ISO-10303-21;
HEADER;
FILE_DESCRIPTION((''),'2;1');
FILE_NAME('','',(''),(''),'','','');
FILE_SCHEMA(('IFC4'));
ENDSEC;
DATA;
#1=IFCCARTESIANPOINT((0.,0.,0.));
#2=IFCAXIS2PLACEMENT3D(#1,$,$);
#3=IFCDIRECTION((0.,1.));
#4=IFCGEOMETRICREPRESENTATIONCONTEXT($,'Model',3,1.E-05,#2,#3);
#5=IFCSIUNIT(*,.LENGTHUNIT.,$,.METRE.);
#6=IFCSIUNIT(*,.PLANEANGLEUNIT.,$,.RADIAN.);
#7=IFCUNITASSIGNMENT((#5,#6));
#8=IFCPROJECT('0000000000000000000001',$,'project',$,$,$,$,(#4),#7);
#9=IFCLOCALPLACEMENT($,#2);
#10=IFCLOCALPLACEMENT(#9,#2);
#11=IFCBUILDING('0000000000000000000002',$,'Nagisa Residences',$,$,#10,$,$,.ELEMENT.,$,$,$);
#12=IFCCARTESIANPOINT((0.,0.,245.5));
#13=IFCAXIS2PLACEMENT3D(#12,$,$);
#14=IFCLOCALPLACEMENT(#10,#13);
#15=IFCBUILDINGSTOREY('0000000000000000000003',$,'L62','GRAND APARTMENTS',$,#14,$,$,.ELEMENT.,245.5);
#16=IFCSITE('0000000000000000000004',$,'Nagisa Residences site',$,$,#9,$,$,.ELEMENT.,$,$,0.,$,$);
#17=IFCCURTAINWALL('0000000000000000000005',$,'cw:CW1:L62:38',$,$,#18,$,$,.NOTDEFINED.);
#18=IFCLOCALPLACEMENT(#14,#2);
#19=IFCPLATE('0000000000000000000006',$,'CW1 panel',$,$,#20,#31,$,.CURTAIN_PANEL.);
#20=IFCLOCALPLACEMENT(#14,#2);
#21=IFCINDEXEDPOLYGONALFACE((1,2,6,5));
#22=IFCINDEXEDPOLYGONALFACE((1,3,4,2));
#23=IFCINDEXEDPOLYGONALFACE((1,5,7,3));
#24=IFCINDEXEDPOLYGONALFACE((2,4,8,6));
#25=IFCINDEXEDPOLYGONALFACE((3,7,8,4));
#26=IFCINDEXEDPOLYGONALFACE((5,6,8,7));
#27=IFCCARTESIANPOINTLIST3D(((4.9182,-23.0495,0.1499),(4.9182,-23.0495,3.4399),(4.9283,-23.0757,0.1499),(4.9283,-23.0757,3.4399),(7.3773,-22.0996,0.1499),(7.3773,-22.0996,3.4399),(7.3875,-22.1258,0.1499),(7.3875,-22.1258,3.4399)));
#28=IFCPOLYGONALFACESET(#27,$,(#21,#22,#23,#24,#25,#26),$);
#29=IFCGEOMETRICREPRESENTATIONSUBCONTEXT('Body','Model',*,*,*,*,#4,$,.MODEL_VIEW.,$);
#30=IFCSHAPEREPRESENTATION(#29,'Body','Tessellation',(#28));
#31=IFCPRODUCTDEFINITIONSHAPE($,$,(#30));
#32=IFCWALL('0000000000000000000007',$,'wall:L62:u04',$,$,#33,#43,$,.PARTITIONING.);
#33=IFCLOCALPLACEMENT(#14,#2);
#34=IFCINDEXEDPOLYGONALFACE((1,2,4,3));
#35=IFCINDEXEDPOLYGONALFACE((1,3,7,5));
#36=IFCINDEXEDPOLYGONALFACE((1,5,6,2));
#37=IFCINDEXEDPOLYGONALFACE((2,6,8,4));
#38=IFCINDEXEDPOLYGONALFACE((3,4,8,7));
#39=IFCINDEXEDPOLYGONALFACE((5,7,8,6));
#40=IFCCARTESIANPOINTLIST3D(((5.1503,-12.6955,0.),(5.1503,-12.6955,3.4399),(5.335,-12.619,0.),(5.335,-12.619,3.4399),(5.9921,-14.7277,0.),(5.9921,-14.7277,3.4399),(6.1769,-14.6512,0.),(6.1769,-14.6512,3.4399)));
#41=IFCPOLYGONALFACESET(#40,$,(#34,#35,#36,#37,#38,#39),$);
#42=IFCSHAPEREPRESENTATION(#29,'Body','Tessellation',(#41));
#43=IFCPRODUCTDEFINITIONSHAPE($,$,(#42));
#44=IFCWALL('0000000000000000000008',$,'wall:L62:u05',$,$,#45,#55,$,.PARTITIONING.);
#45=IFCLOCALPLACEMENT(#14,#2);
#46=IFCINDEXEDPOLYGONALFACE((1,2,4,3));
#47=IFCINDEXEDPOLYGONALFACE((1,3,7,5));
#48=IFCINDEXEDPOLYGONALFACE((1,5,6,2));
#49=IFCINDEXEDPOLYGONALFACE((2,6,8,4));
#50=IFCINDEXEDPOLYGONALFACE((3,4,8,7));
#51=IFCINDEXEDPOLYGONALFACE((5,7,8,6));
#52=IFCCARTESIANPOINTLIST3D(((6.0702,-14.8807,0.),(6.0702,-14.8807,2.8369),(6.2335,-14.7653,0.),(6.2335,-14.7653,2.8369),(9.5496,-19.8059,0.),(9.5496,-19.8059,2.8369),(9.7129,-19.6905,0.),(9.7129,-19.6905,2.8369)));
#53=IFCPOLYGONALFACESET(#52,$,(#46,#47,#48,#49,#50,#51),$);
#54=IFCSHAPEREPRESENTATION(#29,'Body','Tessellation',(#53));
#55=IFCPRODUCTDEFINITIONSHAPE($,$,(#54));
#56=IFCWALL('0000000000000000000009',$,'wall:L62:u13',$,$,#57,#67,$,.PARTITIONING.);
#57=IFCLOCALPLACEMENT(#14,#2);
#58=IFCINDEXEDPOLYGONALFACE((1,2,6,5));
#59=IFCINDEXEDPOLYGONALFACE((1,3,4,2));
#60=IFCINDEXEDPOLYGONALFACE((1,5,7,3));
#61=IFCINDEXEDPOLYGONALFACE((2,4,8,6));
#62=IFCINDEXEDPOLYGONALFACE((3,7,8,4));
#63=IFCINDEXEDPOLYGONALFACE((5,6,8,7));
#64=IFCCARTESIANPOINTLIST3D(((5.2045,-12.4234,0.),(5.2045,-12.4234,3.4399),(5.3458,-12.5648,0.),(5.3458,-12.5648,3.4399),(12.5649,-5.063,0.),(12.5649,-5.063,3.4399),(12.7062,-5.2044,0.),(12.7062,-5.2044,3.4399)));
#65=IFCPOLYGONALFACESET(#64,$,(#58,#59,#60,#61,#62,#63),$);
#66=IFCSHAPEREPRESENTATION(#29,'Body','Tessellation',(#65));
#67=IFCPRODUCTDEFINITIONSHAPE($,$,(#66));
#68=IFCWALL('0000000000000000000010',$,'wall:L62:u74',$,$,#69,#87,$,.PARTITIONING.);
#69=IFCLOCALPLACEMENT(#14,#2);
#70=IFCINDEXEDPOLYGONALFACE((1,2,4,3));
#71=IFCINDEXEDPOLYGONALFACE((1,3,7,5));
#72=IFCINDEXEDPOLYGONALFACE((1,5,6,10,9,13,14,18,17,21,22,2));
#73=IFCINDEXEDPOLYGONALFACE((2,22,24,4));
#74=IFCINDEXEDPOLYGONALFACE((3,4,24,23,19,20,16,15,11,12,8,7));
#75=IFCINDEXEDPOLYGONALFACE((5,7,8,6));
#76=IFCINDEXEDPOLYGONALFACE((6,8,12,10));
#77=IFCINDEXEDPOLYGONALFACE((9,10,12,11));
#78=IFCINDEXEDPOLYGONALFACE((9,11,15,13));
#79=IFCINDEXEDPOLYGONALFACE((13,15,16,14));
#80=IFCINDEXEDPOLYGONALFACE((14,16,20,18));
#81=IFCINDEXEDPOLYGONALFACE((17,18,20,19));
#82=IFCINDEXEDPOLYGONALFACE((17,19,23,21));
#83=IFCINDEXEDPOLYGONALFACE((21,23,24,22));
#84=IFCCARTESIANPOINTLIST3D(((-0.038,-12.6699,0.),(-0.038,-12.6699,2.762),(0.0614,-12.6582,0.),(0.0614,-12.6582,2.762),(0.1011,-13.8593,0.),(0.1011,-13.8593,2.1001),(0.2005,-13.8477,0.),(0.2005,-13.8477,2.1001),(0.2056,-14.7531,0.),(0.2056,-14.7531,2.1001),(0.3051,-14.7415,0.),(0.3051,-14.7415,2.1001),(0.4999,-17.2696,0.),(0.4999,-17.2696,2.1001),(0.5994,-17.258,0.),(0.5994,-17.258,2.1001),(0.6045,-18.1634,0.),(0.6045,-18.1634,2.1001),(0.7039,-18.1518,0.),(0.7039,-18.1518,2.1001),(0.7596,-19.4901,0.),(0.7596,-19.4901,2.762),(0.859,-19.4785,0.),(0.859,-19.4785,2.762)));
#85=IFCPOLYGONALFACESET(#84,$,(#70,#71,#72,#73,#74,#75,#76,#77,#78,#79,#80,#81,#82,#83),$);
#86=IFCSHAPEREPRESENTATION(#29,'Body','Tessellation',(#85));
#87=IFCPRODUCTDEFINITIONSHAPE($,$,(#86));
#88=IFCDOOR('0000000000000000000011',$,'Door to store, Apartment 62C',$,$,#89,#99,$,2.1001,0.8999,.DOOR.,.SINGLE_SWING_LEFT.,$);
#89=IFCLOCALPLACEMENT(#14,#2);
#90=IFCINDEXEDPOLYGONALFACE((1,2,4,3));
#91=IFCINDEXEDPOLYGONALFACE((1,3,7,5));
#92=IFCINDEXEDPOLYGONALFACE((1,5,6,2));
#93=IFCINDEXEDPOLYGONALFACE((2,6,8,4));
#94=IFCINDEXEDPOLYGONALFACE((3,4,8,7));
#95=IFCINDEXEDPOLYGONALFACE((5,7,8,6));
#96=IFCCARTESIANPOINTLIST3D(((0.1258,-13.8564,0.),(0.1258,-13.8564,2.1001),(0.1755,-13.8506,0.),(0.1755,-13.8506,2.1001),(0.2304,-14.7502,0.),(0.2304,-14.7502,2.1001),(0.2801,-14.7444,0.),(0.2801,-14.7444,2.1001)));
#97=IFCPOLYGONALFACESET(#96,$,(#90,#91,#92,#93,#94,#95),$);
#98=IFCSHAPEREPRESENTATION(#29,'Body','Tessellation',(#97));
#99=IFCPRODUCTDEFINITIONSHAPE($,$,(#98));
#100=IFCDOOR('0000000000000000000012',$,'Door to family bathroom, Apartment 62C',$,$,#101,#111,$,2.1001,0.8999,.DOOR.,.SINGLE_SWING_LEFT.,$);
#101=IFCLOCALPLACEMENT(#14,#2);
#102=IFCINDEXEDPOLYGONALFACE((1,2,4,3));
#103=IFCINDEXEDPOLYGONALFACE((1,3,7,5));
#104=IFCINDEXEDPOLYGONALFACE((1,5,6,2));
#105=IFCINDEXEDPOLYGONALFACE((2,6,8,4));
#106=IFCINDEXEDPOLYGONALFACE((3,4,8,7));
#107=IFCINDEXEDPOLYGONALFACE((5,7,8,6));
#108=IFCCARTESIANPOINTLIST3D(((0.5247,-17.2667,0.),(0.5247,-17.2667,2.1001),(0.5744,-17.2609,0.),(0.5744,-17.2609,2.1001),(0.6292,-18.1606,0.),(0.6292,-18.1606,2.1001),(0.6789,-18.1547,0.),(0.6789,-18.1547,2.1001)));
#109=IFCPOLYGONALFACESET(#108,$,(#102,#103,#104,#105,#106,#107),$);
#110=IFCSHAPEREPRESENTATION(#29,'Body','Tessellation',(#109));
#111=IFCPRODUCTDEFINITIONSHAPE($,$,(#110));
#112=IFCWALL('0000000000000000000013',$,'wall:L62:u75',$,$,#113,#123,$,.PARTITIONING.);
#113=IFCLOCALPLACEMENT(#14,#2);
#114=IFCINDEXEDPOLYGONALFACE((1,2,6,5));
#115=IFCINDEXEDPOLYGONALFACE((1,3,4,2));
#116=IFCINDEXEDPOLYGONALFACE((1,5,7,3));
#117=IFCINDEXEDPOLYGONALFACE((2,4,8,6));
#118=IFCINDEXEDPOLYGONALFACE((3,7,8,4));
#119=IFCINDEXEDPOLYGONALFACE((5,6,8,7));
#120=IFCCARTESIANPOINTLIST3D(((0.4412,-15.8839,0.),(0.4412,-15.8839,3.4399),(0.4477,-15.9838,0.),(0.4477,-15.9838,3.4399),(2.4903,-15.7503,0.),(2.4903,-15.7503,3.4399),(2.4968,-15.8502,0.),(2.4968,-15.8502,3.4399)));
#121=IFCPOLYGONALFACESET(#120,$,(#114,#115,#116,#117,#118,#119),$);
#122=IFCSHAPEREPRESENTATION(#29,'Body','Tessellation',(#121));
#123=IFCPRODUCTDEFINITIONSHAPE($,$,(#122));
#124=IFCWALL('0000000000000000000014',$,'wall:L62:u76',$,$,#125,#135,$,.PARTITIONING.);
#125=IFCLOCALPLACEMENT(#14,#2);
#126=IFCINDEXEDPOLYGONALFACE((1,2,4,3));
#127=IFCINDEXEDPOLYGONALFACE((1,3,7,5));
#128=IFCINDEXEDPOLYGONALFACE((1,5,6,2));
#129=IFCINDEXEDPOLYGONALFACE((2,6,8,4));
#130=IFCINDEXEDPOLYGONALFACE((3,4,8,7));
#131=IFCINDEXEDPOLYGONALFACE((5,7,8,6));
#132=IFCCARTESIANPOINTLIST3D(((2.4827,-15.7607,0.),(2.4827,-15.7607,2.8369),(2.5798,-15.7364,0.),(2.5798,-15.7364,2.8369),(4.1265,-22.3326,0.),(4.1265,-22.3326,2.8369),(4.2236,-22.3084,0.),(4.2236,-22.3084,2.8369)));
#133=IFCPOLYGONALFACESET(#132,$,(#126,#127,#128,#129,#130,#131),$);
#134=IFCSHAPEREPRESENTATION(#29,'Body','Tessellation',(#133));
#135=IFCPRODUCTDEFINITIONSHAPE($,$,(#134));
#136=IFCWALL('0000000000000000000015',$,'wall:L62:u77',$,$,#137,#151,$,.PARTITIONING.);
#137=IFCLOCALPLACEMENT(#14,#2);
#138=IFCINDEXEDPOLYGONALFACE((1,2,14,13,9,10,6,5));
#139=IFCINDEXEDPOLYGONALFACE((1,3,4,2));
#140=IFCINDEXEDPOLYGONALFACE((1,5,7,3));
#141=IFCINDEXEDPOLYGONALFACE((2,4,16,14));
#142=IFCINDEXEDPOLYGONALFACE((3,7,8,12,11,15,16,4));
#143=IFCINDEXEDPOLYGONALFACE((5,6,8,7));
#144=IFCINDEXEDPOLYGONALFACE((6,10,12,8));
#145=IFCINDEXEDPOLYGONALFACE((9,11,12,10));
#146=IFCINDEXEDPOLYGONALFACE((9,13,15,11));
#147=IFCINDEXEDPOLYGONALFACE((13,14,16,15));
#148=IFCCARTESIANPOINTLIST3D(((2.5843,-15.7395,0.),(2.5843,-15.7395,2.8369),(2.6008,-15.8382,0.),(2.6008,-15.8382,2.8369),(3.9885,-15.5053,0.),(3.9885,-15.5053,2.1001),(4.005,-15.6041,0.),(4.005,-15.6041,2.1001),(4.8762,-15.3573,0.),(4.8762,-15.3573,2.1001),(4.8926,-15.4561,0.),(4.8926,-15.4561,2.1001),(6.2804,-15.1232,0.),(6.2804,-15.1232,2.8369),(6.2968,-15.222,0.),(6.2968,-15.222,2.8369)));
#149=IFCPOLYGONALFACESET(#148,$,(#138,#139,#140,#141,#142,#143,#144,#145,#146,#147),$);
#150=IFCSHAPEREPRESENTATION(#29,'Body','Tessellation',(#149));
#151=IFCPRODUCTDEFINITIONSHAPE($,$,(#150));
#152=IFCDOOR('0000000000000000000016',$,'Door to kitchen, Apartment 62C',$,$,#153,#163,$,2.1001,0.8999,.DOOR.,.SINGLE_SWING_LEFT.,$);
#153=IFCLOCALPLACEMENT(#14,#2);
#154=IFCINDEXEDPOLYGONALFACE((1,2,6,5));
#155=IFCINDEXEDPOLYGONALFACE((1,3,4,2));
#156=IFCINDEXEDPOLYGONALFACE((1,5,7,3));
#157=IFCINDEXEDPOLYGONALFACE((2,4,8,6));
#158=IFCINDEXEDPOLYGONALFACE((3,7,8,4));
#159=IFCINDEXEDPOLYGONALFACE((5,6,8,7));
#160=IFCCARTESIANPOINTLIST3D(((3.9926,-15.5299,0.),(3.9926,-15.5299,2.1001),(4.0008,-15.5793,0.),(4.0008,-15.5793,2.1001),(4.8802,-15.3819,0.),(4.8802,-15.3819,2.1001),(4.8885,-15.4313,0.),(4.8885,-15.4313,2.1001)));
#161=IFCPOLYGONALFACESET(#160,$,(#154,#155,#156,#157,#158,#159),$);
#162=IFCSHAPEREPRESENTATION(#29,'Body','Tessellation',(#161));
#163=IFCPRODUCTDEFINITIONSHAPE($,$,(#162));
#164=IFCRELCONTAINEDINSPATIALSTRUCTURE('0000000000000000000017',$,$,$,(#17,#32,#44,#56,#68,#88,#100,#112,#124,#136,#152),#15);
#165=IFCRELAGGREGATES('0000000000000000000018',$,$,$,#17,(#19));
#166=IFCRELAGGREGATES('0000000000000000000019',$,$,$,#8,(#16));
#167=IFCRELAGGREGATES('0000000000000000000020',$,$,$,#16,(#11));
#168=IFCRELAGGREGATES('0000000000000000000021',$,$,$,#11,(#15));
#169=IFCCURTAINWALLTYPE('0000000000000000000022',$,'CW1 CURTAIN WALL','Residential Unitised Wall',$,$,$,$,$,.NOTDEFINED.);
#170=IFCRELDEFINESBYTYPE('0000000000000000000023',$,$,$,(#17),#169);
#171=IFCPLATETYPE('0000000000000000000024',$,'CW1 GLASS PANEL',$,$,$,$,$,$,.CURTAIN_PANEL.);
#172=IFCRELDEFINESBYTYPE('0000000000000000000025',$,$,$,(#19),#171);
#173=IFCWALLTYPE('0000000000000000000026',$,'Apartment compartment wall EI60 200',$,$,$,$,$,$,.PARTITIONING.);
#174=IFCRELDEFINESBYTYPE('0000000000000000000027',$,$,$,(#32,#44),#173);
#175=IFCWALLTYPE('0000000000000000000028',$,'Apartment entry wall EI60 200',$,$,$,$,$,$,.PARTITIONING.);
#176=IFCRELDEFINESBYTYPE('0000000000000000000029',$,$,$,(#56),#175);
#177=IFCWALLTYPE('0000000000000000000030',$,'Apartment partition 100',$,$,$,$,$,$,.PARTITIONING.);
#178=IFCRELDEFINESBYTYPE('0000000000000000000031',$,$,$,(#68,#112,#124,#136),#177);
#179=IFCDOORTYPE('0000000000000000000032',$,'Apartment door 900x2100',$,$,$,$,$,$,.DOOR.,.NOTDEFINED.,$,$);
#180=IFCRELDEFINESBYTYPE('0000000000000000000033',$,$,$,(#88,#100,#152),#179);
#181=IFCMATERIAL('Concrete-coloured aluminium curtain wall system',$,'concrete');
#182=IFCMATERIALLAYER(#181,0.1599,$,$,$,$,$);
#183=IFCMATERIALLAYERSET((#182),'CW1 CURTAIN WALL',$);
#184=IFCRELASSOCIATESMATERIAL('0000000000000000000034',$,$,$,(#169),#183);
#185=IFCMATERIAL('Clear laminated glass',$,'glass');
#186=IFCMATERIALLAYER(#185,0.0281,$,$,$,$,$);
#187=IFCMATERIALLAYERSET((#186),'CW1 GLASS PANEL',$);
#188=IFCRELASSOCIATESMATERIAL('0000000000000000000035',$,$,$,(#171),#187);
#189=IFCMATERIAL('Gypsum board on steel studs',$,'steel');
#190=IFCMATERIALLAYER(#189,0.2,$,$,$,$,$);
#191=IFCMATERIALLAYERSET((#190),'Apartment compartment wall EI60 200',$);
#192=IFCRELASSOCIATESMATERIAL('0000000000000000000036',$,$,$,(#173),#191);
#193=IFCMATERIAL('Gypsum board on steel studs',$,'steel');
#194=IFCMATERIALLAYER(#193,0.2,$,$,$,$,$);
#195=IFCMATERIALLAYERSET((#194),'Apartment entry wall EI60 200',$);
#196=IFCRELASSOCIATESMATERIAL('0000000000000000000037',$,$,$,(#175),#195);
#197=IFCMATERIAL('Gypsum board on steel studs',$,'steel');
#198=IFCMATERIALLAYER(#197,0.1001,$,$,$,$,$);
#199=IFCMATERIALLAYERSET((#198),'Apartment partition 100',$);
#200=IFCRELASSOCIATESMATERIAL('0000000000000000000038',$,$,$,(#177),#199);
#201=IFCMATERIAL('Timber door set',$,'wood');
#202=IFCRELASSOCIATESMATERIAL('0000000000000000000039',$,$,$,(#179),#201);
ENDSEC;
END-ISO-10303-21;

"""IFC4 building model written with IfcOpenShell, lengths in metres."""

from ifc_helpers import new_model, si_unit, direction, frame, frame_2d, origin, origin_2d, place, context, subcontext, project, spatial, rectangle, extrude, material, layer, layer_set, type_object, element, fill, aggregate, save


model = new_model("IFC4")

# Units and contexts
model_context = context("Model", 3, precision=1e-05, world=origin(), true_north=direction((0.0, 1.0)))
body_context = subcontext(model_context, "Body", "Model", "MODEL_VIEW")
ifc_project = project(units=[si_unit("LENGTHUNIT", "METRE"), si_unit("PLANEANGLEUNIT", "RADIAN")], contexts=[model_context])

# Site, building, storey
site_placement = place(None, origin())
site = spatial("IfcSite", under=ifc_project, at=site_placement, Name="Nagisa Residences site", CompositionType="ELEMENT", RefElevation=0.0)
building_placement = place(site_placement, origin())
building = spatial("IfcBuilding", under=site, at=building_placement, Name="Nagisa Residences", CompositionType="ELEMENT")
storey_placement = place(building_placement, frame((0.0, 0.0, 245.5)))
storey = spatial("IfcBuildingStorey", under=building, at=storey_placement, Name="L62", Description="GRAND APARTMENTS", CompositionType="ELEMENT", Elevation=245.5)

# Curtain wall
ifc_material_1 = material(Name="Concrete-coloured aluminium curtain wall system", Category="concrete")
ifc_layer_1 = layer(ifc_material_1, 0.1599)
ifc_layer_set_1 = layer_set([ifc_layer_1], Name="CW1 CURTAIN WALL")
curtain_wall_type = type_object("IfcCurtainWallType", Name="CW1 CURTAIN WALL", Description="Residential Unitised Wall", PredefinedType="NOTDEFINED", material=ifc_layer_set_1)
curtain_wall_1_placement = place(storey_placement, origin())
curtain_wall_1 = element("IfcCurtainWall", 1, at=curtain_wall_1_placement, inside=storey, type_object=curtain_wall_type, Name="cw:CW1:L62:38", PredefinedType="NOTDEFINED")

# Shared definitions
ifc_material_2 = material(Name="Clear laminated glass", Category="glass")
ifc_layer_2 = layer(ifc_material_2, 0.0281)
ifc_layer_set_2 = layer_set([ifc_layer_2], Name="CW1 GLASS PANEL")
plate_type = type_object("IfcPlateType", Name="CW1 GLASS PANEL", PredefinedType="CURTAIN_PANEL", material=ifc_layer_set_2)

# Plate
plate_1_placement = place(storey_placement, frame((6.1528, -22.5876, 0.1499), z_axis=(0.0, 0.0, 1.0), x_axis=(0.932826, 0.360328, 0.0)))
plate_1 = element("IfcPlate", 2, at=plate_1_placement, type_object=plate_type, Name="CW1 panel", PredefinedType="CURTAIN_PANEL", context=body_context, shape_type="SweptSolid", body=[
    extrude(rectangle(XDim=2.6362, YDim=0.0281, at=origin_2d()), origin(), (0.0, 0.0, 1.0), 3.29),
])
aggregate(curtain_wall_1, [plate_1])

# Walls
ifc_material_3 = material(Name="Gypsum board on steel studs", Category="steel")
ifc_layer_3 = layer(ifc_material_3, 0.2)
ifc_layer_set_3 = layer_set([ifc_layer_3], Name="Apartment compartment wall EI60 200")
wall_type_1 = type_object("IfcWallType", Name="Apartment compartment wall EI60 200", PredefinedType="PARTITIONING", material=ifc_layer_set_3)
wall_1_placement = place(storey_placement, frame((5.2427, -12.6572, 0.0), z_axis=(0.0, 0.0, 1.0), x_axis=(0.382692, -0.923876, 0.0)))
element("IfcWall", 3, at=wall_1_placement, inside=storey, type_object=wall_type_1, Name="wall:L62:u04", PredefinedType="PARTITIONING", context=body_context, shape_type="SweptSolid", body=[
    extrude(rectangle(XDim=2.1997, YDim=0.2, at=frame_2d((1.0999, 0.0))), origin(), (0.0, 0.0, 1.0), 3.4399),
])
wall_2_placement = place(storey_placement, frame((6.1519, -14.823, 0.0), z_axis=(0.0, 0.0, 1.0), x_axis=(0.576995, -0.816748, 0.0)))
element("IfcWall", 4, at=wall_2_placement, inside=storey, type_object=wall_type_1, Name="wall:L62:u05", PredefinedType="PARTITIONING", context=body_context, shape_type="SweptSolid", body=[
    extrude(rectangle(XDim=6.0303, YDim=0.2, at=frame_2d((3.0151, 0.0))), origin(), (0.0, 0.0, 1.0), 2.8369),
])
ifc_material_4 = material(Name="Gypsum board on steel studs", Category="steel")
ifc_layer_4 = layer(ifc_material_4, 0.2)
ifc_layer_set_4 = layer_set([ifc_layer_4], Name="Apartment entry wall EI60 200")
wall_type_2 = type_object("IfcWallType", Name="Apartment entry wall EI60 200", PredefinedType="PARTITIONING", material=ifc_layer_set_4)
wall_3_placement = place(storey_placement, frame((5.2751, -12.4941, 0.0), z_axis=(0.0, 0.0, 1.0), x_axis=(0.707107, 0.707107, 0.0)))
element("IfcWall", 5, at=wall_3_placement, inside=storey, type_object=wall_type_2, Name="wall:L62:u13", PredefinedType="PARTITIONING", context=body_context, shape_type="SweptSolid", body=[
    extrude(rectangle(XDim=10.4092, YDim=0.2, at=frame_2d((5.2046, 0.0))), origin(), (0.0, 0.0, 1.0), 3.4399),
])

# Wall, openings, doors
ifc_material_5 = material(Name="Gypsum board on steel studs", Category="steel")
ifc_layer_5 = layer(ifc_material_5, 0.1001)
ifc_layer_set_5 = layer_set([ifc_layer_5], Name="Apartment partition 100")
wall_type_3 = type_object("IfcWallType", Name="Apartment partition 100", PredefinedType="PARTITIONING", material=ifc_layer_set_5)
wall_4_placement = place(storey_placement, frame((0.0117, -12.6641, 0.0), z_axis=(0.0, 0.0, 1.0), x_axis=(0.116154, -0.993231, 0.0)))
wall_4 = element("IfcWall", 6, at=wall_4_placement, inside=storey, type_object=wall_type_3, Name="wall:L62:u74", PredefinedType="PARTITIONING", context=body_context, shape_type="SweptSolid", body=[
    extrude(rectangle(XDim=6.8667, YDim=0.1001, at=frame_2d((3.4333, 0.0))), origin(), (0.0, 0.0, 1.0), 2.762),
])
opening_1_placement = place(wall_4_placement, frame((1.1975, 0.0, 0.0)))
opening_1 = element("IfcOpeningElement", 7, at=opening_1_placement, cuts=wall_4, PredefinedType="OPENING", context=body_context, shape_type="SweptSolid", body=[
    extrude(rectangle(XDim=0.8999, YDim=2.1001, at=frame_2d((0.45, 1.05))), frame((0.0, 0.0601, 0.0), z_axis=(0.0, -1.0, 0.0), x_axis=(1.0, 0.0, 0.0)), (0.0, 0.0, 1.0), 0.1201),
])
opening_2_placement = place(wall_4_placement, frame((4.6311, 0.0, 0.0)))
opening_2 = element("IfcOpeningElement", 8, at=opening_2_placement, cuts=wall_4, PredefinedType="OPENING", context=body_context, shape_type="SweptSolid", body=[
    extrude(rectangle(XDim=0.8999, YDim=2.1001, at=frame_2d((0.45, 1.05))), frame((0.0, 0.0601, 0.0), z_axis=(0.0, -1.0, 0.0), x_axis=(1.0, 0.0, 0.0)), (0.0, 0.0, 1.0), 0.1201),
])
ifc_material_6 = material(Name="Timber door set", Category="wood")
door_type_1 = type_object("IfcDoorType", Name="Apartment door 900x2100", OperationType="NOTDEFINED", PredefinedType="DOOR", material=ifc_material_6)
door_1_placement = place(opening_1_placement, origin())
door_1 = element("IfcDoor", 9, at=door_1_placement, inside=storey, type_object=door_type_1, Name="Door to store, Apartment 62C", OperationType="SINGLE_SWING_LEFT", OverallHeight=2.1001, OverallWidth=0.8999, PredefinedType="DOOR", context=body_context, shape_type="SweptSolid", body=[
    extrude(rectangle(XDim=0.8999, YDim=2.1001, at=frame_2d((0.45, 1.05))), frame((0.0, 0.0249, 0.0), z_axis=(0.0, -1.0, 0.0), x_axis=(1.0, 0.0, 0.0)), (0.0, 0.0, 1.0), 0.05),
])
fill(opening_1, door_1)
door_2_placement = place(opening_2_placement, origin())
door_2 = element("IfcDoor", 10, at=door_2_placement, inside=storey, type_object=door_type_1, Name="Door to family bathroom, Apartment 62C", OperationType="SINGLE_SWING_LEFT", OverallHeight=2.1001, OverallWidth=0.8999, PredefinedType="DOOR", context=body_context, shape_type="SweptSolid", body=[
    extrude(rectangle(XDim=0.8999, YDim=2.1001, at=frame_2d((0.45, 1.05))), frame((0.0, 0.0249, 0.0), z_axis=(0.0, -1.0, 0.0), x_axis=(1.0, 0.0, 0.0)), (0.0, 0.0, 1.0), 0.05),
])
fill(opening_2, door_2)

# Walls
wall_5_placement = place(storey_placement, frame((0.4443, -15.9338, 0.0), z_axis=(0.0, 0.0, 1.0), x_axis=(0.997883, 0.065035, 0.0)))
element("IfcWall", 11, at=wall_5_placement, inside=storey, type_object=wall_type_3, Name="wall:L62:u75", PredefinedType="PARTITIONING", context=body_context, shape_type="SweptSolid", body=[
    extrude(rectangle(XDim=2.0535, YDim=0.1001, at=frame_2d((1.0269, 0.0))), origin(), (0.0, 0.0, 1.0), 3.4399),
])
wall_6_placement = place(storey_placement, frame((2.5312, -15.7485, 0.0), z_axis=(0.0, 0.0, 1.0), x_axis=(0.242646, -0.970115, 0.0)))
element("IfcWall", 12, at=wall_6_placement, inside=storey, type_object=wall_type_3, Name="wall:L62:u76", PredefinedType="PARTITIONING", context=body_context, shape_type="SweptSolid", body=[
    extrude(rectangle(XDim=6.7744, YDim=0.1001, at=frame_2d((3.3872, 0.0))), origin(), (0.0, 0.0, 1.0), 2.8369),
])

# Wall, opening, door
wall_7_placement = place(storey_placement, frame((2.5925, -15.7888, 0.0), z_axis=(0.0, 0.0, 1.0), x_axis=(0.986385, 0.164452, 0.0)))
wall_7 = element("IfcWall", 13, at=wall_7_placement, inside=storey, type_object=wall_type_3, Name="wall:L62:u77", PredefinedType="PARTITIONING", context=body_context, shape_type="SweptSolid", body=[
    extrude(rectangle(XDim=3.7471, YDim=0.1001, at=frame_2d((1.8735, 0.0))), origin(), (0.0, 0.0, 1.0), 2.8369),
])
opening_3_placement = place(wall_7_placement, frame((1.4236, 0.0, 0.0)))
opening_3 = element("IfcOpeningElement", 14, at=opening_3_placement, cuts=wall_7, PredefinedType="OPENING", context=body_context, shape_type="SweptSolid", body=[
    extrude(rectangle(XDim=0.8999, YDim=2.1001, at=frame_2d((0.45, 1.05))), frame((0.0, 0.0601, 0.0), z_axis=(0.0, -1.0, 0.0), x_axis=(1.0, 0.0, 0.0)), (0.0, 0.0, 1.0), 0.1201),
])
door_3_placement = place(opening_3_placement, frame((0.8999, 0.0, 0.0), x_axis=(-1.0, 0.0, 0.0)))
door_3 = element("IfcDoor", 15, at=door_3_placement, inside=storey, type_object=door_type_1, Name="Door to kitchen, Apartment 62C", OperationType="SINGLE_SWING_LEFT", OverallHeight=2.1001, OverallWidth=0.8999, PredefinedType="DOOR", context=body_context, shape_type="SweptSolid", body=[
    extrude(rectangle(XDim=0.8999, YDim=2.1001, at=frame_2d((0.45, 1.05))), frame((0.0, 0.0249, 0.0), z_axis=(0.0, -1.0, 0.0), x_axis=(1.0, 0.0, 0.0)), (0.0, 0.0, 1.0), 0.05),
])
fill(opening_3, door_3)

save(model, "model.ifc")
